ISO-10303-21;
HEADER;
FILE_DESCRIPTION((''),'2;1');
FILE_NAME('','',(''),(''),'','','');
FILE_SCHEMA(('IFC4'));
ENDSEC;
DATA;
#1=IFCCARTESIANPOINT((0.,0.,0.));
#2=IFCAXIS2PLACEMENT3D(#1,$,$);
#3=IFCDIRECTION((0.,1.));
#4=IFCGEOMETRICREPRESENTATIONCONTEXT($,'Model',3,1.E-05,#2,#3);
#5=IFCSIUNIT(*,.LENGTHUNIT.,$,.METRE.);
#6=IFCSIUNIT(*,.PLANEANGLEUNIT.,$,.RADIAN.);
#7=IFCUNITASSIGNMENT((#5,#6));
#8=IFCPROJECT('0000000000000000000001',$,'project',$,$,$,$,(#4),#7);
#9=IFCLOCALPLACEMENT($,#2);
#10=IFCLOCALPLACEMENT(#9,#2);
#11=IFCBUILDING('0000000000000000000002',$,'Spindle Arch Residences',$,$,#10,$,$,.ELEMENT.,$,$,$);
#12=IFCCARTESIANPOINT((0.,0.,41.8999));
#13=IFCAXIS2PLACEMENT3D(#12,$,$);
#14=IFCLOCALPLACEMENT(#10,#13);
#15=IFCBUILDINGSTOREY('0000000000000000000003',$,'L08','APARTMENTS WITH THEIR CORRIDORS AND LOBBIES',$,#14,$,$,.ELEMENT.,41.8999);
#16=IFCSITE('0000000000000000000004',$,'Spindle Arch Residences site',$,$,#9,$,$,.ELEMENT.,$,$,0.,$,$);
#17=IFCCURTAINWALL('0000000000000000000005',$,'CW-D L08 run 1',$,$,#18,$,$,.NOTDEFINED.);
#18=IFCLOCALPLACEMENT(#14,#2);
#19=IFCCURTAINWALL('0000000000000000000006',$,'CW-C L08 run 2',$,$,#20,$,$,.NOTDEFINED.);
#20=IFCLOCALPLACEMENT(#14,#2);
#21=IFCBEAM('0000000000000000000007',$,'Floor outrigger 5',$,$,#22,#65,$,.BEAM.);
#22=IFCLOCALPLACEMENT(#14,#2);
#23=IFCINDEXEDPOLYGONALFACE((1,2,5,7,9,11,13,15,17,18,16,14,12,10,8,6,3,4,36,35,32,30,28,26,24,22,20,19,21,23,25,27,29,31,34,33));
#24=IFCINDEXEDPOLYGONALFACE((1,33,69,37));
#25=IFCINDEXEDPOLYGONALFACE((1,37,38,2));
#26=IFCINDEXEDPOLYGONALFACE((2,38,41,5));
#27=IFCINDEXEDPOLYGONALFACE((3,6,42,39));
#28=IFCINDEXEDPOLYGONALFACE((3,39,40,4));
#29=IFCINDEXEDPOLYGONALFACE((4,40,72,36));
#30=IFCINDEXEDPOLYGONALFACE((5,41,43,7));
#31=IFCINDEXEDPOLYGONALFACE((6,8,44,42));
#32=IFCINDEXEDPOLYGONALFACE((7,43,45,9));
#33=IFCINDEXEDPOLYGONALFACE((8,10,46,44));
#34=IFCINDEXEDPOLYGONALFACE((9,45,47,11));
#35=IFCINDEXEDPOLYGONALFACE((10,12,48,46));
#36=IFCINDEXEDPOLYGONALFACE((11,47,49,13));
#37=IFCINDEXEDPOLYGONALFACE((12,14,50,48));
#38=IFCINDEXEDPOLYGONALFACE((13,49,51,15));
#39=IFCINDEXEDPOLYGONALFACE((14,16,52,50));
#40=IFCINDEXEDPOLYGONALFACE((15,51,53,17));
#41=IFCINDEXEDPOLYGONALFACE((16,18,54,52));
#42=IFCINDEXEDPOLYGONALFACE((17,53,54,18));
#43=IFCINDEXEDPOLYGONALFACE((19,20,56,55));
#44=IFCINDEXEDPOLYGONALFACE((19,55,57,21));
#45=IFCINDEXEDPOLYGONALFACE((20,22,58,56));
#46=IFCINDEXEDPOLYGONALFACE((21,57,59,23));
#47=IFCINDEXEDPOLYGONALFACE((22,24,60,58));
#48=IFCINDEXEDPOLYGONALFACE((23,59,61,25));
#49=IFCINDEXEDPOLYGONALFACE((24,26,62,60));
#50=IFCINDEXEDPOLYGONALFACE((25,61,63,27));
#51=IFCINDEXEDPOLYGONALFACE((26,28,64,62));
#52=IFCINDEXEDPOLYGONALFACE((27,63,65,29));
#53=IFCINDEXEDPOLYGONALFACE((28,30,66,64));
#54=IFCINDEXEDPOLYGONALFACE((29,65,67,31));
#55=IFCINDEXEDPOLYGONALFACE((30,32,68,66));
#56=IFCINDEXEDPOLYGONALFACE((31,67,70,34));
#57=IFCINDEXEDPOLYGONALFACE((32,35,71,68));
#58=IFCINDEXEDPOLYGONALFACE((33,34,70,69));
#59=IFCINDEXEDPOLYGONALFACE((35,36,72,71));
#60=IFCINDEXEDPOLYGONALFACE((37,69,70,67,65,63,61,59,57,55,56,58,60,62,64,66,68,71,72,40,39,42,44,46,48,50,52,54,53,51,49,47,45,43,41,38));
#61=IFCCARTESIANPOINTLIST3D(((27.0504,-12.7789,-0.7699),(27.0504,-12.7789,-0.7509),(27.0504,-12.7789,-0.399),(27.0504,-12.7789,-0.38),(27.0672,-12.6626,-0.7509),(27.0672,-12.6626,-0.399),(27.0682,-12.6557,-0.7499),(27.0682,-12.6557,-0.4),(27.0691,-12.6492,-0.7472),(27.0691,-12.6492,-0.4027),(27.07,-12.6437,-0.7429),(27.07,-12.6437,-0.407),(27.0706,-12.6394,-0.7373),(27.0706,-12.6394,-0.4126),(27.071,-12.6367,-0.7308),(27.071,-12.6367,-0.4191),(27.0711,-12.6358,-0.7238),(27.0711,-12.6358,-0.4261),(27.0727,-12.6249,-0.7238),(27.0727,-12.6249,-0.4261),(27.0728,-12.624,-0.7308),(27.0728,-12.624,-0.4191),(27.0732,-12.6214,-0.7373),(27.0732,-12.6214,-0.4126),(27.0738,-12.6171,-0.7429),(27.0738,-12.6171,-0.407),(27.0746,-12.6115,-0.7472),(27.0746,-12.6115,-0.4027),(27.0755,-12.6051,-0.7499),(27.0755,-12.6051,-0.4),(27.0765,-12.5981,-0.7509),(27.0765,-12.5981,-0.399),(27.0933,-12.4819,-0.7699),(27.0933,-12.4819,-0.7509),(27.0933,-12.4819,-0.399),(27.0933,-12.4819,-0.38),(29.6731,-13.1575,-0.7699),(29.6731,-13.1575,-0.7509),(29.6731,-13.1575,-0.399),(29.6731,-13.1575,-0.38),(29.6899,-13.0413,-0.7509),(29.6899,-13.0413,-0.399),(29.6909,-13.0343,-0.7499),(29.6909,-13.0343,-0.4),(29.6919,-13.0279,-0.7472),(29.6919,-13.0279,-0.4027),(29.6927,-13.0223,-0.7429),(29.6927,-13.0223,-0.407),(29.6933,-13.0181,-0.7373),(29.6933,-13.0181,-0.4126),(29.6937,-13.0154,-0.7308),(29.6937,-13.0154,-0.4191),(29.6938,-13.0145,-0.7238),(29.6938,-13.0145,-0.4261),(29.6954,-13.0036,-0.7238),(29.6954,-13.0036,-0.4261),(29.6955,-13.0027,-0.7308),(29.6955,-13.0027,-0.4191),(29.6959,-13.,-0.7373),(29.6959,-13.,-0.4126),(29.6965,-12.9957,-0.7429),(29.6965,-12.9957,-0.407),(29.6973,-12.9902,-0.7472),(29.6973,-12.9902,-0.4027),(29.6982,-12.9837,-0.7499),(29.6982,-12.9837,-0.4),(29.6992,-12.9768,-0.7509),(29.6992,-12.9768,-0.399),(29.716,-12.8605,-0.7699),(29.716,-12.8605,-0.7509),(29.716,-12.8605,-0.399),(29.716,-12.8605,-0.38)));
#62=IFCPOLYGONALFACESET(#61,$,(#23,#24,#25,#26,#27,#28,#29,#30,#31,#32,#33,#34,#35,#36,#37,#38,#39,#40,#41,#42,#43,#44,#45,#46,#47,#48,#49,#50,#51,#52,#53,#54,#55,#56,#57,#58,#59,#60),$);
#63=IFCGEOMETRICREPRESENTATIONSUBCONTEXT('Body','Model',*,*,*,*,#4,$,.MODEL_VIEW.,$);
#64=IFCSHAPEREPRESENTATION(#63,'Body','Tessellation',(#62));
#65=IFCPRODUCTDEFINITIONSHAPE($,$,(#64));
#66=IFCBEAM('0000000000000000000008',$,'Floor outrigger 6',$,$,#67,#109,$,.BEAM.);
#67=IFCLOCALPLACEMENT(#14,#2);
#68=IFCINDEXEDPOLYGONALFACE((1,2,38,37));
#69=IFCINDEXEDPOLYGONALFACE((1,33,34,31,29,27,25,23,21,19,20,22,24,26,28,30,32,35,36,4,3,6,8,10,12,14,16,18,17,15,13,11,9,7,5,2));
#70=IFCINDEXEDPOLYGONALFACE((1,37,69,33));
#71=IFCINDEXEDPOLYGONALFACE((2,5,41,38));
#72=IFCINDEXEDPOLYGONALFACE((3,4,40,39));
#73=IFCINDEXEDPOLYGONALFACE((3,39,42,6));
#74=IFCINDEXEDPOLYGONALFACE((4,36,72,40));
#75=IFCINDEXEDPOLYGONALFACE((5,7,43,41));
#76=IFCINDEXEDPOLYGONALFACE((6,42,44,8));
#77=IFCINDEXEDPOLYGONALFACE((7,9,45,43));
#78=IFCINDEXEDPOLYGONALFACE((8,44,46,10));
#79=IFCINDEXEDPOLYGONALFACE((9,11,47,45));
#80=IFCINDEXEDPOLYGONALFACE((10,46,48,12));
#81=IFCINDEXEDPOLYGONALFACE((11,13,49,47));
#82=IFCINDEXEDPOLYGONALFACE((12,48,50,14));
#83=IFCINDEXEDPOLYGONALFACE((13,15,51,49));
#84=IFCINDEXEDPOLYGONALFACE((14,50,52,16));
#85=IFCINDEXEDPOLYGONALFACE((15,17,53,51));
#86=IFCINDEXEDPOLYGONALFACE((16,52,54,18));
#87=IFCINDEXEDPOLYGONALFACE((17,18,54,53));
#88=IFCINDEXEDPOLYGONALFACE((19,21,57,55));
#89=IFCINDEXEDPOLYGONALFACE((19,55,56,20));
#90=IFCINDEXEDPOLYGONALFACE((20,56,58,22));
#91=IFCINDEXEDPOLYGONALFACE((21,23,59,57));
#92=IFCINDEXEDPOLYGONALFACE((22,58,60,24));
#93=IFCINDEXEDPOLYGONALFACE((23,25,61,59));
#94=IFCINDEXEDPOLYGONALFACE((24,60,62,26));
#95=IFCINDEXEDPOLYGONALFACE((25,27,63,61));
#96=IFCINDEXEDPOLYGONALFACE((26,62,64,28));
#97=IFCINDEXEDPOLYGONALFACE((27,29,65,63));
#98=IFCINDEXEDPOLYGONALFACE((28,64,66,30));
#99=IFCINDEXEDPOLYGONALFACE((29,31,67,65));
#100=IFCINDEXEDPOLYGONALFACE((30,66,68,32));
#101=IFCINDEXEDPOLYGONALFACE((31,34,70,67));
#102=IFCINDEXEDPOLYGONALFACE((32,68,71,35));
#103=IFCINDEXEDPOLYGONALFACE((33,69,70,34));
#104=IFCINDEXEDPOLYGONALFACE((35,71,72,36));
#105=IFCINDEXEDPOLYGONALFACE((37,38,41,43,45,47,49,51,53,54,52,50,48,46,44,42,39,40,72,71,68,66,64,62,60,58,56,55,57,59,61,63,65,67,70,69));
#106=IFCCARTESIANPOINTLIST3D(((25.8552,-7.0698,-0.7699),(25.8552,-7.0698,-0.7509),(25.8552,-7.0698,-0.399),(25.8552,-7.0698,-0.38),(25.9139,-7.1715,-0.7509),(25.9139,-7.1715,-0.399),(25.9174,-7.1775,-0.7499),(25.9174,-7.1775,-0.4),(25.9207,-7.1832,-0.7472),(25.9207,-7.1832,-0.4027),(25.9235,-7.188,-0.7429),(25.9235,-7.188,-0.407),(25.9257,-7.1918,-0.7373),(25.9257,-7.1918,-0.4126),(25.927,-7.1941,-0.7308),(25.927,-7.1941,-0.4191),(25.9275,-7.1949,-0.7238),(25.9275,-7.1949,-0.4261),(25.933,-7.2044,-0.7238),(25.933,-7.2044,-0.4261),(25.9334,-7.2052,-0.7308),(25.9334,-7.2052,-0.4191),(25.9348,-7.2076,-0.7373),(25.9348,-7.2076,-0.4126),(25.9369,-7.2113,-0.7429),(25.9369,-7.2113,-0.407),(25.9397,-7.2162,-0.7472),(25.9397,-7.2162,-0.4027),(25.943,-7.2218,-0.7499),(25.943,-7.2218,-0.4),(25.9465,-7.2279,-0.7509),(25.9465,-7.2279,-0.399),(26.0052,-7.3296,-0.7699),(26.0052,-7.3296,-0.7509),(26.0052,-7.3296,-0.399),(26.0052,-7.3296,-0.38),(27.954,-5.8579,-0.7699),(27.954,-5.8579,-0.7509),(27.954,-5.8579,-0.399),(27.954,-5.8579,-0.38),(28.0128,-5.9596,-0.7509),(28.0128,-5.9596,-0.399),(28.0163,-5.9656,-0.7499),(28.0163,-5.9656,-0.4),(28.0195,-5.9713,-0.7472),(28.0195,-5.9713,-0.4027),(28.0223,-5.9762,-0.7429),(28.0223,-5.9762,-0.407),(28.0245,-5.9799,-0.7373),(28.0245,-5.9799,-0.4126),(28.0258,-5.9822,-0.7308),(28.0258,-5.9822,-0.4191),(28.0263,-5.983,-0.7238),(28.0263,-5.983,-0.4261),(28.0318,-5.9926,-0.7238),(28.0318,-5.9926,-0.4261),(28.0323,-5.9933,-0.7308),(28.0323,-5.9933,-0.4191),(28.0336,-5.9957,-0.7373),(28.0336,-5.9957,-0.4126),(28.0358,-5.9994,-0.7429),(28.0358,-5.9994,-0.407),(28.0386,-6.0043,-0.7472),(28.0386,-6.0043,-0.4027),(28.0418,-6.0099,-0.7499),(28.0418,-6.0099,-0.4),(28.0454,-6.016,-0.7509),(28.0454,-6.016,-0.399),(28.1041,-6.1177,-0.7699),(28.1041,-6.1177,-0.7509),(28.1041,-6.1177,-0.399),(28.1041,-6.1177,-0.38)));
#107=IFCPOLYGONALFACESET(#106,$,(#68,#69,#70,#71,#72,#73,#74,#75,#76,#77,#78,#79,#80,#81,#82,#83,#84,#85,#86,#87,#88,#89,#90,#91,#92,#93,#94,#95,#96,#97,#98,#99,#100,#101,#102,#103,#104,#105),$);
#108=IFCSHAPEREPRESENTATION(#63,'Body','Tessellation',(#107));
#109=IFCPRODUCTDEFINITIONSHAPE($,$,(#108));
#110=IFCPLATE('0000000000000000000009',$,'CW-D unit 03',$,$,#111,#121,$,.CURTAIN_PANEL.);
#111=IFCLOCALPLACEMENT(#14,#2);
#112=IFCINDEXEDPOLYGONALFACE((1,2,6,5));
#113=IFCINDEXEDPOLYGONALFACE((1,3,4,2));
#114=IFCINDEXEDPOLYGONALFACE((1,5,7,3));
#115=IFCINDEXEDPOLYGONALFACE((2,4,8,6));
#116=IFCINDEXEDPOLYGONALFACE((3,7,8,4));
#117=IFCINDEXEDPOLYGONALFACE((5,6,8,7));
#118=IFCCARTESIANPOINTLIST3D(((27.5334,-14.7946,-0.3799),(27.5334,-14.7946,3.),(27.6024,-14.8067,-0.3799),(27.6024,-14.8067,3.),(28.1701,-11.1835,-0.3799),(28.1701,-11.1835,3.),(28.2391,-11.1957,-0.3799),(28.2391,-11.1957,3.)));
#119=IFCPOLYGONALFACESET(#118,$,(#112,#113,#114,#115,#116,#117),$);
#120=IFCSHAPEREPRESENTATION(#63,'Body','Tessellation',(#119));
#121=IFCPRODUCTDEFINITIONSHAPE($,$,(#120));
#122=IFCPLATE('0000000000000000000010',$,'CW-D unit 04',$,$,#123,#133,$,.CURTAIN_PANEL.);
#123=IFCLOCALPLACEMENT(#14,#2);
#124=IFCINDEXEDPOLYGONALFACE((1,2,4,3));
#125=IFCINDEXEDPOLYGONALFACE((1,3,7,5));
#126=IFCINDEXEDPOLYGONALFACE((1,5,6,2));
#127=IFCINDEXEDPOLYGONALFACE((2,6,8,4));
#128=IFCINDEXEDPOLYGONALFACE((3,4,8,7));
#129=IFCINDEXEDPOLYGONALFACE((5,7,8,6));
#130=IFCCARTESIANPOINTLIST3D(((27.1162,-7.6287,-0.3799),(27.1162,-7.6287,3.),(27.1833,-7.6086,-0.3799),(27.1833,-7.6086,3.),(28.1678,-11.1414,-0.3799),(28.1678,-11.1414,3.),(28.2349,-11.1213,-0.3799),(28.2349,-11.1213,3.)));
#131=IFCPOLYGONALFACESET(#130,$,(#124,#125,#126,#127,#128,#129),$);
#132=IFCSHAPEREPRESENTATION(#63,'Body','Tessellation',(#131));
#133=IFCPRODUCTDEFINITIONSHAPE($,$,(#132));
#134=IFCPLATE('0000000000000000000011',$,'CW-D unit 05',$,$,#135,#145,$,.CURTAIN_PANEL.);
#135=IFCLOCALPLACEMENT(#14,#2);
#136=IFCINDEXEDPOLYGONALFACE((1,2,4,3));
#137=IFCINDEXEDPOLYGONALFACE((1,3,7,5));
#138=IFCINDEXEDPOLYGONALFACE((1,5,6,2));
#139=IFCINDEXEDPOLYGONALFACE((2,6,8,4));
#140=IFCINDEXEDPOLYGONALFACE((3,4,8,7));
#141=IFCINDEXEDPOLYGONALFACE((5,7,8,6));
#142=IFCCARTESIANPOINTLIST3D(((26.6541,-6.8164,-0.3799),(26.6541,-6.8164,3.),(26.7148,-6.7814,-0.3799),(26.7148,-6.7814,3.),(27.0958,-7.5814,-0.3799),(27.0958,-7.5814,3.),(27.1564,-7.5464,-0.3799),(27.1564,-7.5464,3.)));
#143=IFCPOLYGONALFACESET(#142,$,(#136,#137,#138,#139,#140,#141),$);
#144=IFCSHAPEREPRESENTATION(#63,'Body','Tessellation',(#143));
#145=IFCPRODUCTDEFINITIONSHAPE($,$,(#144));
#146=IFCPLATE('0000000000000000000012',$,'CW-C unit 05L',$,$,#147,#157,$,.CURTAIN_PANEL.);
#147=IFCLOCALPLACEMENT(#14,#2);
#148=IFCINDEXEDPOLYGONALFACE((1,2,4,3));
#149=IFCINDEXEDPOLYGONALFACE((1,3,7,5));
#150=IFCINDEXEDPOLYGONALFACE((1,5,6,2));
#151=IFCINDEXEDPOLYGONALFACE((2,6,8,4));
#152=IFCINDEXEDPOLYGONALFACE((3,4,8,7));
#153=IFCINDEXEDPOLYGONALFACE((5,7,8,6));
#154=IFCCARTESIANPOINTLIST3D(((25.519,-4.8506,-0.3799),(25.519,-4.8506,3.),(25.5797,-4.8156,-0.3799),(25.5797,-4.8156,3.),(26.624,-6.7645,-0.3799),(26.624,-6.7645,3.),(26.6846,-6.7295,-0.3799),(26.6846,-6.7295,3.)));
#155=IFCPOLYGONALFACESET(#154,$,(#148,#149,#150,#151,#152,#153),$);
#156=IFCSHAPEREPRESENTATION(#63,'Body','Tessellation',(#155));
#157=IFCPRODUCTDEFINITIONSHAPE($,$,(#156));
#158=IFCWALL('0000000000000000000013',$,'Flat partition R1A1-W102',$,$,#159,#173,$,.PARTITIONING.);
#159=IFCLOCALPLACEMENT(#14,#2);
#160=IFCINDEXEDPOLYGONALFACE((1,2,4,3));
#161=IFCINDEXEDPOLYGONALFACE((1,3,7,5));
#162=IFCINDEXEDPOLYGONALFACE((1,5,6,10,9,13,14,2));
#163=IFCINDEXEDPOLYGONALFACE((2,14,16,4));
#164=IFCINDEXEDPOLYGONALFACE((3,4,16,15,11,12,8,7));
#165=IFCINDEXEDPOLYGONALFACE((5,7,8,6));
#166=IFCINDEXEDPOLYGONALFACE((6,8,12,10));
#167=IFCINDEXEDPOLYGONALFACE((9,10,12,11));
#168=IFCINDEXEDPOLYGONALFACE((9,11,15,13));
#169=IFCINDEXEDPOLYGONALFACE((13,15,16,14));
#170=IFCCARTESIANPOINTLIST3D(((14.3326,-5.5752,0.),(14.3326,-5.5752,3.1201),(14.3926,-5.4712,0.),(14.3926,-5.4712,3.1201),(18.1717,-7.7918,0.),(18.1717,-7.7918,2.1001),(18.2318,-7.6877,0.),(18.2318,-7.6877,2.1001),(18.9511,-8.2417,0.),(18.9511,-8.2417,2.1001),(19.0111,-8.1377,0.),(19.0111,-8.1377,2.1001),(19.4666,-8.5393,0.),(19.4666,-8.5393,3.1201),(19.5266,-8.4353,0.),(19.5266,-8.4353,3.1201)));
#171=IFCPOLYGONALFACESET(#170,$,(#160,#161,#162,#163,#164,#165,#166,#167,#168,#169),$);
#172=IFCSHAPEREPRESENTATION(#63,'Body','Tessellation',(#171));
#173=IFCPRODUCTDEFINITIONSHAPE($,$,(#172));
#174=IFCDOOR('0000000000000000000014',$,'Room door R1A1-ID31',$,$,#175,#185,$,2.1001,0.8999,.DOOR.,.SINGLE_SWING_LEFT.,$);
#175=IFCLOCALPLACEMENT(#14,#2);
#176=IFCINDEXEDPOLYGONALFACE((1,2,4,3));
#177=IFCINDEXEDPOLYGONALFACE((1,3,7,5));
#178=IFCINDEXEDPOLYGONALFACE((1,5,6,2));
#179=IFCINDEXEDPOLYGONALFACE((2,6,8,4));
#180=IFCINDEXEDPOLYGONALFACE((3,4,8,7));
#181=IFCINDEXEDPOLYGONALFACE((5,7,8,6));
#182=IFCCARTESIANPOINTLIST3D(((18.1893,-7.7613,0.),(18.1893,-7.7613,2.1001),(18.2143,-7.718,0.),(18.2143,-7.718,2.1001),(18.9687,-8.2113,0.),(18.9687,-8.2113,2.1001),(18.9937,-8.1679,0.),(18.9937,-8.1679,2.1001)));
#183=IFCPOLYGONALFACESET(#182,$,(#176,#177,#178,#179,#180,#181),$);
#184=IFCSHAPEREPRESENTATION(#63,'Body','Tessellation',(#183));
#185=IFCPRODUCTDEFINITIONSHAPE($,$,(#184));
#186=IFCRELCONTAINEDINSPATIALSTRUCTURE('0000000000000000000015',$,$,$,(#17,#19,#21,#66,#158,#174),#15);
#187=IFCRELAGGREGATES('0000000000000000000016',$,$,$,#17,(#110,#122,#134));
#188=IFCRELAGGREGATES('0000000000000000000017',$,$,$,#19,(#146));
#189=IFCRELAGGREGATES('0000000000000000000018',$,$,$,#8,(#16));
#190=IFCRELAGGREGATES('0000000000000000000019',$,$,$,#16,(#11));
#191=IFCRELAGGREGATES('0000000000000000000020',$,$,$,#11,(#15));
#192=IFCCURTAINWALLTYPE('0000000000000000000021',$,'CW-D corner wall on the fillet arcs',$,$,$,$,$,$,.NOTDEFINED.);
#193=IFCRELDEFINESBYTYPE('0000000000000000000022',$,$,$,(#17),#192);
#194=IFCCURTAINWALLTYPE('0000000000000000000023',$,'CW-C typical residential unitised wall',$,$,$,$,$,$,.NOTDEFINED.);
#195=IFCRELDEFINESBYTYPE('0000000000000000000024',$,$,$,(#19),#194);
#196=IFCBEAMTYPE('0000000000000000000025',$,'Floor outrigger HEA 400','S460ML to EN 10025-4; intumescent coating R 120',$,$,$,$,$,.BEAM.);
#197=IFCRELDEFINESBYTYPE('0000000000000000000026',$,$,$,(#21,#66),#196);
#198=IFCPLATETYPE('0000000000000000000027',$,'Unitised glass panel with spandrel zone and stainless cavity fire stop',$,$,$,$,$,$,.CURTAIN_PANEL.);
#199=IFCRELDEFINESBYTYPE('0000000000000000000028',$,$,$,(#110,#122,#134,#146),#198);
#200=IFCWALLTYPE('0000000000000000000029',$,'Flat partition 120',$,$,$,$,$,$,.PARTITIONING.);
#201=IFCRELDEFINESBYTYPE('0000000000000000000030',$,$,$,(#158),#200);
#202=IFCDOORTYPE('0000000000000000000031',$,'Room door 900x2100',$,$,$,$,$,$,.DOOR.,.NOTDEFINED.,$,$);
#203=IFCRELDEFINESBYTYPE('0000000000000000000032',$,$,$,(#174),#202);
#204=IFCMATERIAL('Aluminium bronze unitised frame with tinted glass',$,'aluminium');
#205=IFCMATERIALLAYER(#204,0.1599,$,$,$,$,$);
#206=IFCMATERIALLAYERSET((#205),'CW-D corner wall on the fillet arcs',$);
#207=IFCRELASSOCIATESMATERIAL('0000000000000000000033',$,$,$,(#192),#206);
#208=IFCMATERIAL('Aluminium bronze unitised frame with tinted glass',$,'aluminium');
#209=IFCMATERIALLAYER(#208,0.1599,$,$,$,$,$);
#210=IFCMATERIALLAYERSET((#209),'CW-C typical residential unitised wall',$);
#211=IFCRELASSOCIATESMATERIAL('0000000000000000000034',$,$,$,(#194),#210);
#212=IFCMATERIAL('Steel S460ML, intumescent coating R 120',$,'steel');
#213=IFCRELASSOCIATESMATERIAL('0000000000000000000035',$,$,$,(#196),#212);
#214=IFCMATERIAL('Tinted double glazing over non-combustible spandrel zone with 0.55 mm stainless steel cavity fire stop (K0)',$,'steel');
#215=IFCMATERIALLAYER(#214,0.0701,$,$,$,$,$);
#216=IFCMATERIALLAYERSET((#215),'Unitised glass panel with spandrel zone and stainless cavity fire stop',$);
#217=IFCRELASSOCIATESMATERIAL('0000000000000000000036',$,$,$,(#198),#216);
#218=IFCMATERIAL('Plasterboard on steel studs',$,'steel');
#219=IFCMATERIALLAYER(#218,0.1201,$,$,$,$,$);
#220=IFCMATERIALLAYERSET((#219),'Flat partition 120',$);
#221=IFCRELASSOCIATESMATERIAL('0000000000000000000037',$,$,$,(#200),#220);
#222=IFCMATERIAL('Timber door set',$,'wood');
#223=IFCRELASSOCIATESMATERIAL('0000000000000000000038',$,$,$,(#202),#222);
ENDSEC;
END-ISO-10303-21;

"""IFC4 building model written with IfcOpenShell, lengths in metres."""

from ifc_helpers import new_model, si_unit, direction, frame, frame_2d, origin, origin_2d, place, context, subcontext, project, spatial, rectangle, i_section, extrude, material, layer, layer_set, material_profile, profile_set, type_object, element, fill, aggregate, save


model = new_model("IFC4")

# Units and contexts
model_context = context("Model", 3, precision=1e-05, world=origin(), true_north=direction((0.0, 1.0)))
body_context = subcontext(model_context, "Body", "Model", "MODEL_VIEW")
ifc_project = project(units=[si_unit("LENGTHUNIT", "METRE"), si_unit("PLANEANGLEUNIT", "RADIAN")], contexts=[model_context])

# Site, building, storey
site_placement = place(None, origin())
site = spatial("IfcSite", under=ifc_project, at=site_placement, Name="Spindle Arch Residences site", CompositionType="ELEMENT", RefElevation=0.0)
building_placement = place(site_placement, origin())
building = spatial("IfcBuilding", under=site, at=building_placement, Name="Spindle Arch Residences", CompositionType="ELEMENT")
storey_placement = place(building_placement, frame((0.0, 0.0, 41.8999)))
storey = spatial("IfcBuildingStorey", under=building, at=storey_placement, Name="L08", Description="APARTMENTS WITH THEIR CORRIDORS AND LOBBIES", CompositionType="ELEMENT", Elevation=41.8999)

# Curtain wall
ifc_material_1 = material(Name="Aluminium bronze unitised frame with tinted glass", Category="aluminium")
ifc_layer_1 = layer(ifc_material_1, 0.1599)
ifc_layer_set_1 = layer_set([ifc_layer_1], Name="CW-D corner wall on the fillet arcs")
curtain_wall_type_1 = type_object("IfcCurtainWallType", Name="CW-D corner wall on the fillet arcs", PredefinedType="NOTDEFINED", material=ifc_layer_set_1)
curtain_wall_1_placement = place(storey_placement, origin())
curtain_wall_1 = element("IfcCurtainWall", 1, at=curtain_wall_1_placement, inside=storey, type_object=curtain_wall_type_1, Name="CW-D L08 run 1", PredefinedType="NOTDEFINED")

# Curtain wall
ifc_material_2 = material(Name="Aluminium bronze unitised frame with tinted glass", Category="aluminium")
ifc_layer_2 = layer(ifc_material_2, 0.1599)
ifc_layer_set_2 = layer_set([ifc_layer_2], Name="CW-C typical residential unitised wall")
curtain_wall_type_2 = type_object("IfcCurtainWallType", Name="CW-C typical residential unitised wall", PredefinedType="NOTDEFINED", material=ifc_layer_set_2)
curtain_wall_2_placement = place(storey_placement, origin())
curtain_wall_2 = element("IfcCurtainWall", 2, at=curtain_wall_2_placement, inside=storey, type_object=curtain_wall_type_2, Name="CW-C L08 run 2", PredefinedType="NOTDEFINED")

# Beams
ifc_material_3 = material(Name="Steel S460ML, intumescent coating R 120", Category="steel")
ifc_material_profile_1 = material_profile(ifc_material_3, i_section(OverallWidth=0.3, OverallDepth=0.3899, WebThickness=0.011, FlangeThickness=0.019, FilletRadius=0.0271, at=origin_2d()), Name="HEA 400")
ifc_profile_set_1 = profile_set([ifc_material_profile_1], Name="Steel S460ML, intumescent coating R 120")
beam_type_1 = type_object("IfcBeamType", Name="Floor outrigger HEA 400", Description="S460ML to EN 10025-4; intumescent coating R 120", PredefinedType="BEAM", material=ifc_profile_set_1)
beam_1_placement = place(storey_placement, frame((29.6946, -13.009, -0.575), z_axis=(-0.989738, 0.142892, 0.0), x_axis=(-0.142892, -0.989738, 0.0)))
element("IfcBeam", 3, at=beam_1_placement, inside=storey, type_object=beam_type_1, Name="Floor outrigger 5", PredefinedType="BEAM", context=body_context, shape_type="SweptSolid", body=[
    extrude(i_section(OverallWidth=0.3, OverallDepth=0.3899, WebThickness=0.011, FlangeThickness=0.019, FilletRadius=0.0271, at=origin_2d()), origin(), (0.0, 0.0, 1.0), 2.6499),
])
beam_2_placement = place(storey_placement, frame((28.0291, -5.9878, -0.575), z_axis=(-0.866003, -0.500039, 0.0), x_axis=(0.500039, -0.866003, 0.0)))
element("IfcBeam", 4, at=beam_2_placement, inside=storey, type_object=beam_type_1, Name="Floor outrigger 6", PredefinedType="BEAM", context=body_context, shape_type="SweptSolid", body=[
    extrude(i_section(OverallWidth=0.3, OverallDepth=0.3899, WebThickness=0.011, FlangeThickness=0.019, FilletRadius=0.0271, at=origin_2d()), origin(), (0.0, 0.0, 1.0), 2.4236),
])

# Plates
ifc_material_4 = material(Name="Tinted double glazing over non-combustible spandrel zone with 0.55 mm stainless steel cavity fire stop (K0)", Category="steel")
ifc_layer_3 = layer(ifc_material_4, 0.0701)
ifc_layer_set_3 = layer_set([ifc_layer_3], Name="Unitised glass panel with spandrel zone and stainless cavity fire stop")
plate_type = type_object("IfcPlateType", Name="Unitised glass panel with spandrel zone and stainless cavity fire stop", PredefinedType="CURTAIN_PANEL", material=ifc_layer_set_3)
plate_1_placement = place(storey_placement, frame((27.8862, -12.9951, -0.3799), z_axis=(0.0, 0.0, 1.0), x_axis=(0.173648, 0.984808, 0.0)))
plate_1 = element("IfcPlate", 5, at=plate_1_placement, type_object=plate_type, Name="CW-D unit 03", PredefinedType="CURTAIN_PANEL", context=body_context, shape_type="SweptSolid", body=[
    extrude(rectangle(XDim=3.6667, YDim=0.0701, at=origin_2d()), origin(), (0.0, 0.0, 1.0), 3.3799),
])
plate_2_placement = place(storey_placement, frame((27.6755, -9.375, -0.3799), z_axis=(0.0, 0.0, 1.0), x_axis=(-0.286803, 0.95799, 0.0)))
plate_2 = element("IfcPlate", 6, at=plate_2_placement, type_object=plate_type, Name="CW-D unit 04", PredefinedType="CURTAIN_PANEL", context=body_context, shape_type="SweptSolid", body=[
    extrude(rectangle(XDim=3.6667, YDim=0.0701, at=origin_2d()), origin(), (0.0, 0.0, 1.0), 3.3799),
])
plate_3_placement = place(storey_placement, frame((26.9053, -7.1814, -0.3799), z_axis=(0.0, 0.0, 1.0), x_axis=(-0.5, 0.866025, 0.0)))
plate_3 = element("IfcPlate", 7, at=plate_3_placement, type_object=plate_type, Name="CW-D unit 05", PredefinedType="CURTAIN_PANEL", context=body_context, shape_type="SweptSolid", body=[
    extrude(rectangle(XDim=0.8833, YDim=0.0701, at=origin_2d()), origin(), (0.0, 0.0, 1.0), 3.3799),
])
aggregate(curtain_wall_1, [plate_1, plate_2, plate_3])
plate_4_placement = place(storey_placement, frame((26.1018, -5.79, -0.3799), z_axis=(0.0, 0.0, 1.0), x_axis=(-0.5, 0.866025, 0.0)))
plate_4 = element("IfcPlate", 8, at=plate_4_placement, type_object=plate_type, Name="CW-C unit 05L", PredefinedType="CURTAIN_PANEL", context=body_context, shape_type="SweptSolid", body=[
    extrude(rectangle(XDim=2.21, YDim=0.0701, at=origin_2d()), origin(), (0.0, 0.0, 1.0), 3.3799),
])
aggregate(curtain_wall_2, [plate_4])

# Wall, opening, door
ifc_material_5 = material(Name="Plasterboard on steel studs", Category="steel")
ifc_layer_4 = layer(ifc_material_5, 0.1201)
ifc_layer_set_4 = layer_set([ifc_layer_4], Name="Flat partition 120")
wall_type_1 = type_object("IfcWallType", Name="Flat partition 120", PredefinedType="PARTITIONING", material=ifc_layer_set_4)
wall_1_placement = place(storey_placement, frame((19.4966, -8.4873, 0.0), z_axis=(0.0, 0.0, 1.0), x_axis=(-0.866027, 0.499997, 0.0)))
wall_1 = element("IfcWall", 9, at=wall_1_placement, inside=storey, type_object=wall_type_1, Name="Flat partition R1A1-W102", PredefinedType="PARTITIONING", context=body_context, shape_type="SweptSolid", body=[
    extrude(rectangle(XDim=5.9282, YDim=0.1201, at=frame_2d((2.9641, 0.0))), origin(), (0.0, 0.0, 1.0), 3.1201),
])
opening_1_placement = place(wall_1_placement, frame((0.5952, 0.0, 0.0)))
opening_1 = element("IfcOpeningElement", 10, at=opening_1_placement, cuts=wall_1, PredefinedType="OPENING", context=body_context, shape_type="SweptSolid", body=[
    extrude(rectangle(XDim=0.8999, YDim=2.1001, at=frame_2d((0.45, 1.05))), frame((0.0, 0.0701, 0.0), z_axis=(0.0, -1.0, 0.0), x_axis=(1.0, 0.0, 0.0)), (0.0, 0.0, 1.0), 0.1401),
])
ifc_material_6 = material(Name="Timber door set", Category="wood")
door_type_1 = type_object("IfcDoorType", Name="Room door 900x2100", OperationType="NOTDEFINED", PredefinedType="DOOR", material=ifc_material_6)
door_1_placement = place(opening_1_placement, origin())
door_1 = element("IfcDoor", 11, at=door_1_placement, inside=storey, type_object=door_type_1, Name="Room door R1A1-ID31", OperationType="SINGLE_SWING_LEFT", OverallHeight=2.1001, OverallWidth=0.8999, PredefinedType="DOOR", context=body_context, shape_type="SweptSolid", body=[
    extrude(rectangle(XDim=0.8999, YDim=2.1001, at=frame_2d((0.45, 1.05))), frame((0.0, 0.0249, 0.0), z_axis=(0.0, -1.0, 0.0), x_axis=(1.0, 0.0, 0.0)), (0.0, 0.0, 1.0), 0.05),
])
fill(opening_1, door_1)

save(model, "model.ifc")
